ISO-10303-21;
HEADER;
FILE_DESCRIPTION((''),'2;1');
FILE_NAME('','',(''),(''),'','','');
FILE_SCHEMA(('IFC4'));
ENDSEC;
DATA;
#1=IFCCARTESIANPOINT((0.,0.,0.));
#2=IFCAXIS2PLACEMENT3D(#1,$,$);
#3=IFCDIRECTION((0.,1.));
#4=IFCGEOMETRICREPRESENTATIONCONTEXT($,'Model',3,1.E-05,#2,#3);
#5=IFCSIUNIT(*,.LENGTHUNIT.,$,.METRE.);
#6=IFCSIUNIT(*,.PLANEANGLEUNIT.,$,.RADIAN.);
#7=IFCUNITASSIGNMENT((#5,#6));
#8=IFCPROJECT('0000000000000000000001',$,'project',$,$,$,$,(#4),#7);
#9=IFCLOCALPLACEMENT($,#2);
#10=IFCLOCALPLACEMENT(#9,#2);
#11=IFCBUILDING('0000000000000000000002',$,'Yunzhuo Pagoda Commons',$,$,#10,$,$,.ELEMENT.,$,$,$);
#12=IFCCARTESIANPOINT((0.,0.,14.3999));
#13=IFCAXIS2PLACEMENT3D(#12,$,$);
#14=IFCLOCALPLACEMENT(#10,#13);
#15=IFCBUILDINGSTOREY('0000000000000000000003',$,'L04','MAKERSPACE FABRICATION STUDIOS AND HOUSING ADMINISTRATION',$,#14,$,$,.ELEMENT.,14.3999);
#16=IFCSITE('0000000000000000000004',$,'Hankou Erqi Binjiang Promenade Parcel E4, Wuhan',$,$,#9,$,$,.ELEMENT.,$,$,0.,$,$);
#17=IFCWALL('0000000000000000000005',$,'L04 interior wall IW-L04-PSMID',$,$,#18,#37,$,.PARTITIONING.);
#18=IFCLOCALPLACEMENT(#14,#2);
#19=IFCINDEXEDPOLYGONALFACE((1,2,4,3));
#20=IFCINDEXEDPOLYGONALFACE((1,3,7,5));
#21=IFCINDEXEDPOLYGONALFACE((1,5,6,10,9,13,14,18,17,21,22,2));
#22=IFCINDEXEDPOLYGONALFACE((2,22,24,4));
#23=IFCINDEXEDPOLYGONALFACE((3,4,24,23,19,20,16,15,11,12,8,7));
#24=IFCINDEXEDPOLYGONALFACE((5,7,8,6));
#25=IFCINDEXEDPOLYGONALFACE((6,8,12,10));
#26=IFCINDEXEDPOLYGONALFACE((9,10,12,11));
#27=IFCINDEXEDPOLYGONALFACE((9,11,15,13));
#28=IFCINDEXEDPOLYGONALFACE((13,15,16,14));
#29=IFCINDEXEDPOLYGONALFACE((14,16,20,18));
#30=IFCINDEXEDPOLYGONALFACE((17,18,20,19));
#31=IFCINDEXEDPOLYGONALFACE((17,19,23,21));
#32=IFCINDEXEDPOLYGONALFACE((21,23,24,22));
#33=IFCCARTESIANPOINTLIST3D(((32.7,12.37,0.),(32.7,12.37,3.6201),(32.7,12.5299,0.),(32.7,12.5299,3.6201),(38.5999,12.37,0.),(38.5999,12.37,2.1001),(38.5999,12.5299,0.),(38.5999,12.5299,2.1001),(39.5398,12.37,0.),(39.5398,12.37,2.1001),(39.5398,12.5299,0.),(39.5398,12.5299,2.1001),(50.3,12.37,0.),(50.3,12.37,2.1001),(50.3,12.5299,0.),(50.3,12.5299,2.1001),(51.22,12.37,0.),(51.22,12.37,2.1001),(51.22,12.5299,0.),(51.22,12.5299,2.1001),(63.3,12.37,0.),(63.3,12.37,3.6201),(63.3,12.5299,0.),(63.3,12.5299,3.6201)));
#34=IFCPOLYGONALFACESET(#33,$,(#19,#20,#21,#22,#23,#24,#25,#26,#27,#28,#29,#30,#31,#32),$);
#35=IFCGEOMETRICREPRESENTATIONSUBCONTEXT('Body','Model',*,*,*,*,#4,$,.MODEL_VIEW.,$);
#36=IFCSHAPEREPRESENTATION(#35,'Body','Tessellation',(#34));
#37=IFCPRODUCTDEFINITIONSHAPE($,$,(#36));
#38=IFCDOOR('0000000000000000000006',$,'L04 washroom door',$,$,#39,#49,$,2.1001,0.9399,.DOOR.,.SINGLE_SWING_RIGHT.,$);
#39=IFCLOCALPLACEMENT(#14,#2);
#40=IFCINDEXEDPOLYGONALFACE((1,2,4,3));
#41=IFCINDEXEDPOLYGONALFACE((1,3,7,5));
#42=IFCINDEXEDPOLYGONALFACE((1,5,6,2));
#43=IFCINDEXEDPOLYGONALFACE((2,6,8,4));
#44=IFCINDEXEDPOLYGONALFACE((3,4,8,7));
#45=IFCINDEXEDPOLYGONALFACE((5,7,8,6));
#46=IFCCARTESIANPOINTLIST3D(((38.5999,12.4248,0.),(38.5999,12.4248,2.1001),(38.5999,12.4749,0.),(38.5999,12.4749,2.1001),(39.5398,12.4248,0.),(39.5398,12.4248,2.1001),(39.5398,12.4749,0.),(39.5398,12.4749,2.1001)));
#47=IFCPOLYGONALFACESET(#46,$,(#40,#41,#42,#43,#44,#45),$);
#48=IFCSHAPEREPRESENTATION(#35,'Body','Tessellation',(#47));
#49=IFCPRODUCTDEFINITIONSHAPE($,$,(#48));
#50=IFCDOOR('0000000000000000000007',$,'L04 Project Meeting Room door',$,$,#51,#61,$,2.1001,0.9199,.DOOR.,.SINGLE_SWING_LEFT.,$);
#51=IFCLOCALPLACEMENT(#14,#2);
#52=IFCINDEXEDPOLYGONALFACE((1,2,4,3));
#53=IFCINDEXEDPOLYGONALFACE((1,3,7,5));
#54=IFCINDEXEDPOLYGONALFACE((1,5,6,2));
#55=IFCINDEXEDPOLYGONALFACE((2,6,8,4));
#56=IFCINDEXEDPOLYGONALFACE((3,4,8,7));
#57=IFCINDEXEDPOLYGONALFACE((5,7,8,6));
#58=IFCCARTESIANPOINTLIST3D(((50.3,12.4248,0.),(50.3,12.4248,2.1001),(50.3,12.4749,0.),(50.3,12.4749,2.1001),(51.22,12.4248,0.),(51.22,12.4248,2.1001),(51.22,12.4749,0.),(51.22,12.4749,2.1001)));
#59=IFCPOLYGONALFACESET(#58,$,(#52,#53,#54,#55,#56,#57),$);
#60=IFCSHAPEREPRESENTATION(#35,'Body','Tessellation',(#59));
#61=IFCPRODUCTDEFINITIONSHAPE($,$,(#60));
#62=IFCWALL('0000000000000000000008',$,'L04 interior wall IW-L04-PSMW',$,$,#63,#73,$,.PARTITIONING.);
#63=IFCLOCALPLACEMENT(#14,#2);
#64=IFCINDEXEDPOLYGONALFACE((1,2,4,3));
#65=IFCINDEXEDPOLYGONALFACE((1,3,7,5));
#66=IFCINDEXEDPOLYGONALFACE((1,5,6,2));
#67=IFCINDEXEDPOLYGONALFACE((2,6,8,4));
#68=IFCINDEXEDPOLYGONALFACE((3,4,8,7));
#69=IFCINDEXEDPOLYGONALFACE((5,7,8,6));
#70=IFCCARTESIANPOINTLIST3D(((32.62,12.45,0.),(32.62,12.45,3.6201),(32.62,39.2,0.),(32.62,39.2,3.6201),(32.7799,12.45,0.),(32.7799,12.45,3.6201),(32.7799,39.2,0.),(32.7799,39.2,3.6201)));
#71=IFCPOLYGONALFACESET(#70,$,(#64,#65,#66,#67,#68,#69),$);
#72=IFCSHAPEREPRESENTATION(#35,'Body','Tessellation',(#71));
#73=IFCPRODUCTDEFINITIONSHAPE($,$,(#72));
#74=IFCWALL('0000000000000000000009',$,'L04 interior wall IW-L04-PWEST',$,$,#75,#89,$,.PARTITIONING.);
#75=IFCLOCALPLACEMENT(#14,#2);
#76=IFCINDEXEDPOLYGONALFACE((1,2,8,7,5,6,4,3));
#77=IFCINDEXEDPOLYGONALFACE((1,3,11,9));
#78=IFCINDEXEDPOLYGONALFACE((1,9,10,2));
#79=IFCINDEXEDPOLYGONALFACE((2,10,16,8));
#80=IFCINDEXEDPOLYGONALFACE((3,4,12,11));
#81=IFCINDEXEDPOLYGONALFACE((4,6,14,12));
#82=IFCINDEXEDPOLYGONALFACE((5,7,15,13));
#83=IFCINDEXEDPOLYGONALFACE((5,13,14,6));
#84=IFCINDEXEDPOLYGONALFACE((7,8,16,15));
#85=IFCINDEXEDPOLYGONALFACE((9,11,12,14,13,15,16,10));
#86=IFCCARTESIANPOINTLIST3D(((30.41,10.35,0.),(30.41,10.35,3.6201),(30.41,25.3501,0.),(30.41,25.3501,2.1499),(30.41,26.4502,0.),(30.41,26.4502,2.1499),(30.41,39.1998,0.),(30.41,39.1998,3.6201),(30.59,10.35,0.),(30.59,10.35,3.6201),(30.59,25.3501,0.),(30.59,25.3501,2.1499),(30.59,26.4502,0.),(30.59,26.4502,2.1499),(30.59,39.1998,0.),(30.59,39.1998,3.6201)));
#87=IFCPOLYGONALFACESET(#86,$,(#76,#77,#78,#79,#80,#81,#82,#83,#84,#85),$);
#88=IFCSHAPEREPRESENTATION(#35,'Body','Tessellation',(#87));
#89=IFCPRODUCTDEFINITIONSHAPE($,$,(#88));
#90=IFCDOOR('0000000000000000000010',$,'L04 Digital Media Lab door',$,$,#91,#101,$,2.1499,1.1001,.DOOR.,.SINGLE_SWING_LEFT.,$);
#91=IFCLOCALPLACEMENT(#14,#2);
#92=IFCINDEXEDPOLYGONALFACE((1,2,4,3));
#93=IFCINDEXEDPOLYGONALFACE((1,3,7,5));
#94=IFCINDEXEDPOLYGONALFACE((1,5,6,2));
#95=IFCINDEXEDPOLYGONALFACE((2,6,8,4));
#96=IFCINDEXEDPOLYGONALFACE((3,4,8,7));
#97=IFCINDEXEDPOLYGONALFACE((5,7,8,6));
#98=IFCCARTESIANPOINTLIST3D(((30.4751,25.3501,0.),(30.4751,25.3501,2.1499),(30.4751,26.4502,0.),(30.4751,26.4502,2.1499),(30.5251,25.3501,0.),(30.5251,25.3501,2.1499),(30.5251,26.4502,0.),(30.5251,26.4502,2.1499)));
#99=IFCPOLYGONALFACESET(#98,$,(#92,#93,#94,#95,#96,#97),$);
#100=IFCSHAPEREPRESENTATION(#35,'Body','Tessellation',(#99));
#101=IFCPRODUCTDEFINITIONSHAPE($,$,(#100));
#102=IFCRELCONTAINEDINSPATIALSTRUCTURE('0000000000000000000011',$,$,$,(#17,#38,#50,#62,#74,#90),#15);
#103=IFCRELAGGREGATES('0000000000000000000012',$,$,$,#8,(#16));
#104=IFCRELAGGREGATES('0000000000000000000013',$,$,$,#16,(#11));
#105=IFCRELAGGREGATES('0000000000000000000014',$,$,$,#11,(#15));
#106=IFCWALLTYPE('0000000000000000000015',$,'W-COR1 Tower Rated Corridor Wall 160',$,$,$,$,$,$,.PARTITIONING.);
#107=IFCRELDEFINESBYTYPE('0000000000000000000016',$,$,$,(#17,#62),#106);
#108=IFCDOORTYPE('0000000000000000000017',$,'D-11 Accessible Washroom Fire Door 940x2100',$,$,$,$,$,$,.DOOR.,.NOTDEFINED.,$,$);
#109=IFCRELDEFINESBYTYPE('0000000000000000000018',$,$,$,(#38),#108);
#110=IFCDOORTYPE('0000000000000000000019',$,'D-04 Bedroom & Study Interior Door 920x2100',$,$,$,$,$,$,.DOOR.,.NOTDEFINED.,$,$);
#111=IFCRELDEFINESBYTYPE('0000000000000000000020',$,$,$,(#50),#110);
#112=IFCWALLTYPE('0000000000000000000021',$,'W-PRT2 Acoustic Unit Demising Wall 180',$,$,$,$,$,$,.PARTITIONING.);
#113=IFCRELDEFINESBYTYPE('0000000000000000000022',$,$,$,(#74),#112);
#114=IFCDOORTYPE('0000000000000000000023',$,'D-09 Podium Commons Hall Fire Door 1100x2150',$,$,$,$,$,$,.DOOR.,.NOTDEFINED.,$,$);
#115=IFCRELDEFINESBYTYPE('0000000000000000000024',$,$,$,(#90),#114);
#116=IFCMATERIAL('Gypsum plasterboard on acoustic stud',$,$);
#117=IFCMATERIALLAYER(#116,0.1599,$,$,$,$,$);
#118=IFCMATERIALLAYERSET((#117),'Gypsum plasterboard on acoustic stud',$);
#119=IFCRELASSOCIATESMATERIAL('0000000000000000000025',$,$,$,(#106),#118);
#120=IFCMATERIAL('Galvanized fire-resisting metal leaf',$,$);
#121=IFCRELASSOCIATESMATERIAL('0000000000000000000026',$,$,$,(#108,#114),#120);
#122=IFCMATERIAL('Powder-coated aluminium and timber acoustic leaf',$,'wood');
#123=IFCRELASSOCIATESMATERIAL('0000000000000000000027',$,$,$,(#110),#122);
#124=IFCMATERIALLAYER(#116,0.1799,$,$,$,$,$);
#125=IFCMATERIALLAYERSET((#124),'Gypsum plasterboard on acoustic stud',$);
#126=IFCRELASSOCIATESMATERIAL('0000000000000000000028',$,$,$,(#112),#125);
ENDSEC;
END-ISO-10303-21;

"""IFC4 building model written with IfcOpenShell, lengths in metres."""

from ifc_helpers import new_model, si_unit, direction, frame, frame_2d, origin, origin_with_axes, place, context, subcontext, project, spatial, rectangle, extrude, source, transform, mapped, material, layer, layer_set, type_object, element, fill, save


model = new_model("IFC4")

# Units and contexts
model_context = context("Model", 3, precision=1e-05, world=origin(), true_north=direction((0.0, 1.0)))
body_context = subcontext(model_context, "Body", "Model", "MODEL_VIEW")
ifc_project = project(units=[si_unit("LENGTHUNIT", "METRE"), si_unit("PLANEANGLEUNIT", "RADIAN")], contexts=[model_context])

# Site, building, storey
site_placement = place(None, origin())
site = spatial("IfcSite", under=ifc_project, at=site_placement, Name="Hankou Erqi Binjiang Promenade Parcel E4, Wuhan", CompositionType="ELEMENT", RefElevation=0.0)
building_placement = place(site_placement, origin())
building = spatial("IfcBuilding", under=site, at=building_placement, Name="Yunzhuo Pagoda Commons", CompositionType="ELEMENT")
storey_placement = place(building_placement, frame((0.0, 0.0, 14.3999)))
storey = spatial("IfcBuildingStorey", under=building, at=storey_placement, Name="L04", Description="MAKERSPACE FABRICATION STUDIOS AND HOUSING ADMINISTRATION", CompositionType="ELEMENT", Elevation=14.3999)

# Shared definitions
ifc_material_1 = material(Name="Gypsum plasterboard on acoustic stud")
ifc_layer_1 = layer(ifc_material_1, 0.1599)
ifc_layer_set_1 = layer_set([ifc_layer_1], Name="Gypsum plasterboard on acoustic stud")
wall_type_1 = type_object("IfcWallType", Name="W-COR1 Tower Rated Corridor Wall 160", PredefinedType="PARTITIONING", material=ifc_layer_set_1)

# Wall, openings, doors
wall_1_placement = place(storey_placement, frame((32.7, 12.45, 0.0), z_axis=(0.0, 0.0, 1.0), x_axis=(1.0, 0.0, 0.0)))
wall_1 = element("IfcWall", 1, at=wall_1_placement, inside=storey, type_object=wall_type_1, Name="L04 interior wall IW-L04-PSMID", PredefinedType="PARTITIONING", context=body_context, shape_type="SweptSolid", body=[
    extrude(rectangle(XDim=30.6001, YDim=0.1599, at=frame_2d((15.3, 0.0))), origin(), (0.0, 0.0, 1.0), 3.6201),
])
opening_1_placement = place(wall_1_placement, frame((17.6001, 0.0, 0.0)))
opening_1 = element("IfcOpeningElement", 2, at=opening_1_placement, cuts=wall_1, PredefinedType="OPENING", context=body_context, shape_type="SweptSolid", body=[
    extrude(rectangle(XDim=0.9199, YDim=2.1001, at=frame_2d((0.46, 1.05))), frame((0.0, 0.0898, 0.0), z_axis=(0.0, -1.0, 0.0), x_axis=(1.0, 0.0, 0.0)), (0.0, 0.0, 1.0), 0.1799),
])
opening_2_placement = place(wall_1_placement, frame((5.8999, 0.0, 0.0)))
opening_2 = element("IfcOpeningElement", 3, at=opening_2_placement, cuts=wall_1, PredefinedType="OPENING", context=body_context, shape_type="SweptSolid", body=[
    extrude(rectangle(XDim=0.9399, YDim=2.1001, at=frame_2d((0.47, 1.05))), frame((0.0, 0.0898, 0.0), z_axis=(0.0, -1.0, 0.0), x_axis=(1.0, 0.0, 0.0)), (0.0, 0.0, 1.0), 0.1799),
])
ifc_material_2 = material(Name="Galvanized fire-resisting metal leaf")
door_type_1 = type_object("IfcDoorType", Name="D-11 Accessible Washroom Fire Door 940x2100", OperationType="NOTDEFINED", PredefinedType="DOOR", material=ifc_material_2)
shared_shape_1 = source(origin(), body_context, "Body", "SweptSolid", [
    extrude(rectangle(XDim=0.9399, YDim=2.1001, at=frame_2d((0.47, 1.05))), frame((0.0, 0.0249, 0.0), z_axis=(0.0, -1.0, 0.0), x_axis=(1.0, 0.0, 0.0)), (0.0, 0.0, 1.0), 0.05),
])
door_1_placement = place(opening_2_placement, origin_with_axes())
door_1 = element("IfcDoor", 4, at=door_1_placement, inside=storey, type_object=door_type_1, Name="L04 washroom door", OperationType="SINGLE_SWING_RIGHT", OverallHeight=2.1001, OverallWidth=0.9399, PredefinedType="DOOR", context=body_context, shape_type="MappedRepresentation", body=[
    mapped(shared_shape_1, transform((0.0, 0.0, 0.0), scale=1.0)),
])
fill(opening_2, door_1)
ifc_material_3 = material(Name="Powder-coated aluminium and timber acoustic leaf", Category="wood")
door_type_2 = type_object("IfcDoorType", Name="D-04 Bedroom & Study Interior Door 920x2100", OperationType="NOTDEFINED", PredefinedType="DOOR", material=ifc_material_3)
shared_shape_2 = source(origin(), body_context, "Body", "SweptSolid", [
    extrude(rectangle(XDim=0.9199, YDim=2.1001, at=frame_2d((0.46, 1.05))), frame((0.0, 0.0249, 0.0), z_axis=(0.0, -1.0, 0.0), x_axis=(1.0, 0.0, 0.0)), (0.0, 0.0, 1.0), 0.05),
])
door_2_placement = place(opening_1_placement, origin_with_axes())
door_2 = element("IfcDoor", 5, at=door_2_placement, inside=storey, type_object=door_type_2, Name="L04 Project Meeting Room door", OperationType="SINGLE_SWING_LEFT", OverallHeight=2.1001, OverallWidth=0.9199, PredefinedType="DOOR", context=body_context, shape_type="MappedRepresentation", body=[
    mapped(shared_shape_2, transform((0.0, 0.0, 0.0), scale=1.0)),
])
fill(opening_1, door_2)

# Wall
wall_2_placement = place(storey_placement, frame((32.7, 12.45, 0.0), z_axis=(0.0, 0.0, 1.0), x_axis=(0.0, 1.0, 0.0)))
element("IfcWall", 6, at=wall_2_placement, inside=storey, type_object=wall_type_1, Name="L04 interior wall IW-L04-PSMW", PredefinedType="PARTITIONING", context=body_context, shape_type="SweptSolid", body=[
    extrude(rectangle(XDim=26.75, YDim=0.1599, at=frame_2d((13.375, 0.0))), origin(), (0.0, 0.0, 1.0), 3.6201),
])

# Wall, opening, door
ifc_layer_2 = layer(ifc_material_1, 0.1799)
ifc_layer_set_2 = layer_set([ifc_layer_2], Name="Gypsum plasterboard on acoustic stud")
wall_type_2 = type_object("IfcWallType", Name="W-PRT2 Acoustic Unit Demising Wall 180", PredefinedType="PARTITIONING", material=ifc_layer_set_2)
wall_3_placement = place(storey_placement, frame((30.5, 10.3501, 0.0), z_axis=(0.0, 0.0, 1.0), x_axis=(0.0, 1.0, 0.0)))
wall_3 = element("IfcWall", 7, at=wall_3_placement, inside=storey, type_object=wall_type_2, Name="L04 interior wall IW-L04-PWEST", PredefinedType="PARTITIONING", context=body_context, shape_type="SweptSolid", body=[
    extrude(rectangle(XDim=28.8499, YDim=0.1799, at=frame_2d((14.4248, 0.0))), origin(), (0.0, 0.0, 1.0), 3.6201),
])
opening_3_placement = place(wall_3_placement, frame((15.0, 0.0, 0.0)))
opening_3 = element("IfcOpeningElement", 8, at=opening_3_placement, cuts=wall_3, PredefinedType="OPENING", context=body_context, shape_type="SweptSolid", body=[
    extrude(rectangle(XDim=1.1001, YDim=2.1499, at=frame_2d((0.55, 1.075))), frame((0.0, 0.1001, 0.0), z_axis=(0.0, -1.0, 0.0), x_axis=(1.0, 0.0, 0.0)), (0.0, 0.0, 1.0), 0.2),
])
door_type_3 = type_object("IfcDoorType", Name="D-09 Podium Commons Hall Fire Door 1100x2150", OperationType="NOTDEFINED", PredefinedType="DOOR", material=ifc_material_2)
shared_shape_3 = source(origin(), body_context, "Body", "SweptSolid", [
    extrude(rectangle(XDim=1.1001, YDim=2.1499, at=frame_2d((0.55, 1.075))), frame((0.0, 0.0249, 0.0), z_axis=(0.0, -1.0, 0.0), x_axis=(1.0, 0.0, 0.0)), (0.0, 0.0, 1.0), 0.05),
])
door_3_placement = place(opening_3_placement, origin_with_axes())
door_3 = element("IfcDoor", 9, at=door_3_placement, inside=storey, type_object=door_type_3, Name="L04 Digital Media Lab door", OperationType="SINGLE_SWING_LEFT", OverallHeight=2.1499, OverallWidth=1.1001, PredefinedType="DOOR", context=body_context, shape_type="MappedRepresentation", body=[
    mapped(shared_shape_3, transform((0.0, 0.0, 0.0), scale=1.0)),
])
fill(opening_3, door_3)

save(model, "model.ifc")
